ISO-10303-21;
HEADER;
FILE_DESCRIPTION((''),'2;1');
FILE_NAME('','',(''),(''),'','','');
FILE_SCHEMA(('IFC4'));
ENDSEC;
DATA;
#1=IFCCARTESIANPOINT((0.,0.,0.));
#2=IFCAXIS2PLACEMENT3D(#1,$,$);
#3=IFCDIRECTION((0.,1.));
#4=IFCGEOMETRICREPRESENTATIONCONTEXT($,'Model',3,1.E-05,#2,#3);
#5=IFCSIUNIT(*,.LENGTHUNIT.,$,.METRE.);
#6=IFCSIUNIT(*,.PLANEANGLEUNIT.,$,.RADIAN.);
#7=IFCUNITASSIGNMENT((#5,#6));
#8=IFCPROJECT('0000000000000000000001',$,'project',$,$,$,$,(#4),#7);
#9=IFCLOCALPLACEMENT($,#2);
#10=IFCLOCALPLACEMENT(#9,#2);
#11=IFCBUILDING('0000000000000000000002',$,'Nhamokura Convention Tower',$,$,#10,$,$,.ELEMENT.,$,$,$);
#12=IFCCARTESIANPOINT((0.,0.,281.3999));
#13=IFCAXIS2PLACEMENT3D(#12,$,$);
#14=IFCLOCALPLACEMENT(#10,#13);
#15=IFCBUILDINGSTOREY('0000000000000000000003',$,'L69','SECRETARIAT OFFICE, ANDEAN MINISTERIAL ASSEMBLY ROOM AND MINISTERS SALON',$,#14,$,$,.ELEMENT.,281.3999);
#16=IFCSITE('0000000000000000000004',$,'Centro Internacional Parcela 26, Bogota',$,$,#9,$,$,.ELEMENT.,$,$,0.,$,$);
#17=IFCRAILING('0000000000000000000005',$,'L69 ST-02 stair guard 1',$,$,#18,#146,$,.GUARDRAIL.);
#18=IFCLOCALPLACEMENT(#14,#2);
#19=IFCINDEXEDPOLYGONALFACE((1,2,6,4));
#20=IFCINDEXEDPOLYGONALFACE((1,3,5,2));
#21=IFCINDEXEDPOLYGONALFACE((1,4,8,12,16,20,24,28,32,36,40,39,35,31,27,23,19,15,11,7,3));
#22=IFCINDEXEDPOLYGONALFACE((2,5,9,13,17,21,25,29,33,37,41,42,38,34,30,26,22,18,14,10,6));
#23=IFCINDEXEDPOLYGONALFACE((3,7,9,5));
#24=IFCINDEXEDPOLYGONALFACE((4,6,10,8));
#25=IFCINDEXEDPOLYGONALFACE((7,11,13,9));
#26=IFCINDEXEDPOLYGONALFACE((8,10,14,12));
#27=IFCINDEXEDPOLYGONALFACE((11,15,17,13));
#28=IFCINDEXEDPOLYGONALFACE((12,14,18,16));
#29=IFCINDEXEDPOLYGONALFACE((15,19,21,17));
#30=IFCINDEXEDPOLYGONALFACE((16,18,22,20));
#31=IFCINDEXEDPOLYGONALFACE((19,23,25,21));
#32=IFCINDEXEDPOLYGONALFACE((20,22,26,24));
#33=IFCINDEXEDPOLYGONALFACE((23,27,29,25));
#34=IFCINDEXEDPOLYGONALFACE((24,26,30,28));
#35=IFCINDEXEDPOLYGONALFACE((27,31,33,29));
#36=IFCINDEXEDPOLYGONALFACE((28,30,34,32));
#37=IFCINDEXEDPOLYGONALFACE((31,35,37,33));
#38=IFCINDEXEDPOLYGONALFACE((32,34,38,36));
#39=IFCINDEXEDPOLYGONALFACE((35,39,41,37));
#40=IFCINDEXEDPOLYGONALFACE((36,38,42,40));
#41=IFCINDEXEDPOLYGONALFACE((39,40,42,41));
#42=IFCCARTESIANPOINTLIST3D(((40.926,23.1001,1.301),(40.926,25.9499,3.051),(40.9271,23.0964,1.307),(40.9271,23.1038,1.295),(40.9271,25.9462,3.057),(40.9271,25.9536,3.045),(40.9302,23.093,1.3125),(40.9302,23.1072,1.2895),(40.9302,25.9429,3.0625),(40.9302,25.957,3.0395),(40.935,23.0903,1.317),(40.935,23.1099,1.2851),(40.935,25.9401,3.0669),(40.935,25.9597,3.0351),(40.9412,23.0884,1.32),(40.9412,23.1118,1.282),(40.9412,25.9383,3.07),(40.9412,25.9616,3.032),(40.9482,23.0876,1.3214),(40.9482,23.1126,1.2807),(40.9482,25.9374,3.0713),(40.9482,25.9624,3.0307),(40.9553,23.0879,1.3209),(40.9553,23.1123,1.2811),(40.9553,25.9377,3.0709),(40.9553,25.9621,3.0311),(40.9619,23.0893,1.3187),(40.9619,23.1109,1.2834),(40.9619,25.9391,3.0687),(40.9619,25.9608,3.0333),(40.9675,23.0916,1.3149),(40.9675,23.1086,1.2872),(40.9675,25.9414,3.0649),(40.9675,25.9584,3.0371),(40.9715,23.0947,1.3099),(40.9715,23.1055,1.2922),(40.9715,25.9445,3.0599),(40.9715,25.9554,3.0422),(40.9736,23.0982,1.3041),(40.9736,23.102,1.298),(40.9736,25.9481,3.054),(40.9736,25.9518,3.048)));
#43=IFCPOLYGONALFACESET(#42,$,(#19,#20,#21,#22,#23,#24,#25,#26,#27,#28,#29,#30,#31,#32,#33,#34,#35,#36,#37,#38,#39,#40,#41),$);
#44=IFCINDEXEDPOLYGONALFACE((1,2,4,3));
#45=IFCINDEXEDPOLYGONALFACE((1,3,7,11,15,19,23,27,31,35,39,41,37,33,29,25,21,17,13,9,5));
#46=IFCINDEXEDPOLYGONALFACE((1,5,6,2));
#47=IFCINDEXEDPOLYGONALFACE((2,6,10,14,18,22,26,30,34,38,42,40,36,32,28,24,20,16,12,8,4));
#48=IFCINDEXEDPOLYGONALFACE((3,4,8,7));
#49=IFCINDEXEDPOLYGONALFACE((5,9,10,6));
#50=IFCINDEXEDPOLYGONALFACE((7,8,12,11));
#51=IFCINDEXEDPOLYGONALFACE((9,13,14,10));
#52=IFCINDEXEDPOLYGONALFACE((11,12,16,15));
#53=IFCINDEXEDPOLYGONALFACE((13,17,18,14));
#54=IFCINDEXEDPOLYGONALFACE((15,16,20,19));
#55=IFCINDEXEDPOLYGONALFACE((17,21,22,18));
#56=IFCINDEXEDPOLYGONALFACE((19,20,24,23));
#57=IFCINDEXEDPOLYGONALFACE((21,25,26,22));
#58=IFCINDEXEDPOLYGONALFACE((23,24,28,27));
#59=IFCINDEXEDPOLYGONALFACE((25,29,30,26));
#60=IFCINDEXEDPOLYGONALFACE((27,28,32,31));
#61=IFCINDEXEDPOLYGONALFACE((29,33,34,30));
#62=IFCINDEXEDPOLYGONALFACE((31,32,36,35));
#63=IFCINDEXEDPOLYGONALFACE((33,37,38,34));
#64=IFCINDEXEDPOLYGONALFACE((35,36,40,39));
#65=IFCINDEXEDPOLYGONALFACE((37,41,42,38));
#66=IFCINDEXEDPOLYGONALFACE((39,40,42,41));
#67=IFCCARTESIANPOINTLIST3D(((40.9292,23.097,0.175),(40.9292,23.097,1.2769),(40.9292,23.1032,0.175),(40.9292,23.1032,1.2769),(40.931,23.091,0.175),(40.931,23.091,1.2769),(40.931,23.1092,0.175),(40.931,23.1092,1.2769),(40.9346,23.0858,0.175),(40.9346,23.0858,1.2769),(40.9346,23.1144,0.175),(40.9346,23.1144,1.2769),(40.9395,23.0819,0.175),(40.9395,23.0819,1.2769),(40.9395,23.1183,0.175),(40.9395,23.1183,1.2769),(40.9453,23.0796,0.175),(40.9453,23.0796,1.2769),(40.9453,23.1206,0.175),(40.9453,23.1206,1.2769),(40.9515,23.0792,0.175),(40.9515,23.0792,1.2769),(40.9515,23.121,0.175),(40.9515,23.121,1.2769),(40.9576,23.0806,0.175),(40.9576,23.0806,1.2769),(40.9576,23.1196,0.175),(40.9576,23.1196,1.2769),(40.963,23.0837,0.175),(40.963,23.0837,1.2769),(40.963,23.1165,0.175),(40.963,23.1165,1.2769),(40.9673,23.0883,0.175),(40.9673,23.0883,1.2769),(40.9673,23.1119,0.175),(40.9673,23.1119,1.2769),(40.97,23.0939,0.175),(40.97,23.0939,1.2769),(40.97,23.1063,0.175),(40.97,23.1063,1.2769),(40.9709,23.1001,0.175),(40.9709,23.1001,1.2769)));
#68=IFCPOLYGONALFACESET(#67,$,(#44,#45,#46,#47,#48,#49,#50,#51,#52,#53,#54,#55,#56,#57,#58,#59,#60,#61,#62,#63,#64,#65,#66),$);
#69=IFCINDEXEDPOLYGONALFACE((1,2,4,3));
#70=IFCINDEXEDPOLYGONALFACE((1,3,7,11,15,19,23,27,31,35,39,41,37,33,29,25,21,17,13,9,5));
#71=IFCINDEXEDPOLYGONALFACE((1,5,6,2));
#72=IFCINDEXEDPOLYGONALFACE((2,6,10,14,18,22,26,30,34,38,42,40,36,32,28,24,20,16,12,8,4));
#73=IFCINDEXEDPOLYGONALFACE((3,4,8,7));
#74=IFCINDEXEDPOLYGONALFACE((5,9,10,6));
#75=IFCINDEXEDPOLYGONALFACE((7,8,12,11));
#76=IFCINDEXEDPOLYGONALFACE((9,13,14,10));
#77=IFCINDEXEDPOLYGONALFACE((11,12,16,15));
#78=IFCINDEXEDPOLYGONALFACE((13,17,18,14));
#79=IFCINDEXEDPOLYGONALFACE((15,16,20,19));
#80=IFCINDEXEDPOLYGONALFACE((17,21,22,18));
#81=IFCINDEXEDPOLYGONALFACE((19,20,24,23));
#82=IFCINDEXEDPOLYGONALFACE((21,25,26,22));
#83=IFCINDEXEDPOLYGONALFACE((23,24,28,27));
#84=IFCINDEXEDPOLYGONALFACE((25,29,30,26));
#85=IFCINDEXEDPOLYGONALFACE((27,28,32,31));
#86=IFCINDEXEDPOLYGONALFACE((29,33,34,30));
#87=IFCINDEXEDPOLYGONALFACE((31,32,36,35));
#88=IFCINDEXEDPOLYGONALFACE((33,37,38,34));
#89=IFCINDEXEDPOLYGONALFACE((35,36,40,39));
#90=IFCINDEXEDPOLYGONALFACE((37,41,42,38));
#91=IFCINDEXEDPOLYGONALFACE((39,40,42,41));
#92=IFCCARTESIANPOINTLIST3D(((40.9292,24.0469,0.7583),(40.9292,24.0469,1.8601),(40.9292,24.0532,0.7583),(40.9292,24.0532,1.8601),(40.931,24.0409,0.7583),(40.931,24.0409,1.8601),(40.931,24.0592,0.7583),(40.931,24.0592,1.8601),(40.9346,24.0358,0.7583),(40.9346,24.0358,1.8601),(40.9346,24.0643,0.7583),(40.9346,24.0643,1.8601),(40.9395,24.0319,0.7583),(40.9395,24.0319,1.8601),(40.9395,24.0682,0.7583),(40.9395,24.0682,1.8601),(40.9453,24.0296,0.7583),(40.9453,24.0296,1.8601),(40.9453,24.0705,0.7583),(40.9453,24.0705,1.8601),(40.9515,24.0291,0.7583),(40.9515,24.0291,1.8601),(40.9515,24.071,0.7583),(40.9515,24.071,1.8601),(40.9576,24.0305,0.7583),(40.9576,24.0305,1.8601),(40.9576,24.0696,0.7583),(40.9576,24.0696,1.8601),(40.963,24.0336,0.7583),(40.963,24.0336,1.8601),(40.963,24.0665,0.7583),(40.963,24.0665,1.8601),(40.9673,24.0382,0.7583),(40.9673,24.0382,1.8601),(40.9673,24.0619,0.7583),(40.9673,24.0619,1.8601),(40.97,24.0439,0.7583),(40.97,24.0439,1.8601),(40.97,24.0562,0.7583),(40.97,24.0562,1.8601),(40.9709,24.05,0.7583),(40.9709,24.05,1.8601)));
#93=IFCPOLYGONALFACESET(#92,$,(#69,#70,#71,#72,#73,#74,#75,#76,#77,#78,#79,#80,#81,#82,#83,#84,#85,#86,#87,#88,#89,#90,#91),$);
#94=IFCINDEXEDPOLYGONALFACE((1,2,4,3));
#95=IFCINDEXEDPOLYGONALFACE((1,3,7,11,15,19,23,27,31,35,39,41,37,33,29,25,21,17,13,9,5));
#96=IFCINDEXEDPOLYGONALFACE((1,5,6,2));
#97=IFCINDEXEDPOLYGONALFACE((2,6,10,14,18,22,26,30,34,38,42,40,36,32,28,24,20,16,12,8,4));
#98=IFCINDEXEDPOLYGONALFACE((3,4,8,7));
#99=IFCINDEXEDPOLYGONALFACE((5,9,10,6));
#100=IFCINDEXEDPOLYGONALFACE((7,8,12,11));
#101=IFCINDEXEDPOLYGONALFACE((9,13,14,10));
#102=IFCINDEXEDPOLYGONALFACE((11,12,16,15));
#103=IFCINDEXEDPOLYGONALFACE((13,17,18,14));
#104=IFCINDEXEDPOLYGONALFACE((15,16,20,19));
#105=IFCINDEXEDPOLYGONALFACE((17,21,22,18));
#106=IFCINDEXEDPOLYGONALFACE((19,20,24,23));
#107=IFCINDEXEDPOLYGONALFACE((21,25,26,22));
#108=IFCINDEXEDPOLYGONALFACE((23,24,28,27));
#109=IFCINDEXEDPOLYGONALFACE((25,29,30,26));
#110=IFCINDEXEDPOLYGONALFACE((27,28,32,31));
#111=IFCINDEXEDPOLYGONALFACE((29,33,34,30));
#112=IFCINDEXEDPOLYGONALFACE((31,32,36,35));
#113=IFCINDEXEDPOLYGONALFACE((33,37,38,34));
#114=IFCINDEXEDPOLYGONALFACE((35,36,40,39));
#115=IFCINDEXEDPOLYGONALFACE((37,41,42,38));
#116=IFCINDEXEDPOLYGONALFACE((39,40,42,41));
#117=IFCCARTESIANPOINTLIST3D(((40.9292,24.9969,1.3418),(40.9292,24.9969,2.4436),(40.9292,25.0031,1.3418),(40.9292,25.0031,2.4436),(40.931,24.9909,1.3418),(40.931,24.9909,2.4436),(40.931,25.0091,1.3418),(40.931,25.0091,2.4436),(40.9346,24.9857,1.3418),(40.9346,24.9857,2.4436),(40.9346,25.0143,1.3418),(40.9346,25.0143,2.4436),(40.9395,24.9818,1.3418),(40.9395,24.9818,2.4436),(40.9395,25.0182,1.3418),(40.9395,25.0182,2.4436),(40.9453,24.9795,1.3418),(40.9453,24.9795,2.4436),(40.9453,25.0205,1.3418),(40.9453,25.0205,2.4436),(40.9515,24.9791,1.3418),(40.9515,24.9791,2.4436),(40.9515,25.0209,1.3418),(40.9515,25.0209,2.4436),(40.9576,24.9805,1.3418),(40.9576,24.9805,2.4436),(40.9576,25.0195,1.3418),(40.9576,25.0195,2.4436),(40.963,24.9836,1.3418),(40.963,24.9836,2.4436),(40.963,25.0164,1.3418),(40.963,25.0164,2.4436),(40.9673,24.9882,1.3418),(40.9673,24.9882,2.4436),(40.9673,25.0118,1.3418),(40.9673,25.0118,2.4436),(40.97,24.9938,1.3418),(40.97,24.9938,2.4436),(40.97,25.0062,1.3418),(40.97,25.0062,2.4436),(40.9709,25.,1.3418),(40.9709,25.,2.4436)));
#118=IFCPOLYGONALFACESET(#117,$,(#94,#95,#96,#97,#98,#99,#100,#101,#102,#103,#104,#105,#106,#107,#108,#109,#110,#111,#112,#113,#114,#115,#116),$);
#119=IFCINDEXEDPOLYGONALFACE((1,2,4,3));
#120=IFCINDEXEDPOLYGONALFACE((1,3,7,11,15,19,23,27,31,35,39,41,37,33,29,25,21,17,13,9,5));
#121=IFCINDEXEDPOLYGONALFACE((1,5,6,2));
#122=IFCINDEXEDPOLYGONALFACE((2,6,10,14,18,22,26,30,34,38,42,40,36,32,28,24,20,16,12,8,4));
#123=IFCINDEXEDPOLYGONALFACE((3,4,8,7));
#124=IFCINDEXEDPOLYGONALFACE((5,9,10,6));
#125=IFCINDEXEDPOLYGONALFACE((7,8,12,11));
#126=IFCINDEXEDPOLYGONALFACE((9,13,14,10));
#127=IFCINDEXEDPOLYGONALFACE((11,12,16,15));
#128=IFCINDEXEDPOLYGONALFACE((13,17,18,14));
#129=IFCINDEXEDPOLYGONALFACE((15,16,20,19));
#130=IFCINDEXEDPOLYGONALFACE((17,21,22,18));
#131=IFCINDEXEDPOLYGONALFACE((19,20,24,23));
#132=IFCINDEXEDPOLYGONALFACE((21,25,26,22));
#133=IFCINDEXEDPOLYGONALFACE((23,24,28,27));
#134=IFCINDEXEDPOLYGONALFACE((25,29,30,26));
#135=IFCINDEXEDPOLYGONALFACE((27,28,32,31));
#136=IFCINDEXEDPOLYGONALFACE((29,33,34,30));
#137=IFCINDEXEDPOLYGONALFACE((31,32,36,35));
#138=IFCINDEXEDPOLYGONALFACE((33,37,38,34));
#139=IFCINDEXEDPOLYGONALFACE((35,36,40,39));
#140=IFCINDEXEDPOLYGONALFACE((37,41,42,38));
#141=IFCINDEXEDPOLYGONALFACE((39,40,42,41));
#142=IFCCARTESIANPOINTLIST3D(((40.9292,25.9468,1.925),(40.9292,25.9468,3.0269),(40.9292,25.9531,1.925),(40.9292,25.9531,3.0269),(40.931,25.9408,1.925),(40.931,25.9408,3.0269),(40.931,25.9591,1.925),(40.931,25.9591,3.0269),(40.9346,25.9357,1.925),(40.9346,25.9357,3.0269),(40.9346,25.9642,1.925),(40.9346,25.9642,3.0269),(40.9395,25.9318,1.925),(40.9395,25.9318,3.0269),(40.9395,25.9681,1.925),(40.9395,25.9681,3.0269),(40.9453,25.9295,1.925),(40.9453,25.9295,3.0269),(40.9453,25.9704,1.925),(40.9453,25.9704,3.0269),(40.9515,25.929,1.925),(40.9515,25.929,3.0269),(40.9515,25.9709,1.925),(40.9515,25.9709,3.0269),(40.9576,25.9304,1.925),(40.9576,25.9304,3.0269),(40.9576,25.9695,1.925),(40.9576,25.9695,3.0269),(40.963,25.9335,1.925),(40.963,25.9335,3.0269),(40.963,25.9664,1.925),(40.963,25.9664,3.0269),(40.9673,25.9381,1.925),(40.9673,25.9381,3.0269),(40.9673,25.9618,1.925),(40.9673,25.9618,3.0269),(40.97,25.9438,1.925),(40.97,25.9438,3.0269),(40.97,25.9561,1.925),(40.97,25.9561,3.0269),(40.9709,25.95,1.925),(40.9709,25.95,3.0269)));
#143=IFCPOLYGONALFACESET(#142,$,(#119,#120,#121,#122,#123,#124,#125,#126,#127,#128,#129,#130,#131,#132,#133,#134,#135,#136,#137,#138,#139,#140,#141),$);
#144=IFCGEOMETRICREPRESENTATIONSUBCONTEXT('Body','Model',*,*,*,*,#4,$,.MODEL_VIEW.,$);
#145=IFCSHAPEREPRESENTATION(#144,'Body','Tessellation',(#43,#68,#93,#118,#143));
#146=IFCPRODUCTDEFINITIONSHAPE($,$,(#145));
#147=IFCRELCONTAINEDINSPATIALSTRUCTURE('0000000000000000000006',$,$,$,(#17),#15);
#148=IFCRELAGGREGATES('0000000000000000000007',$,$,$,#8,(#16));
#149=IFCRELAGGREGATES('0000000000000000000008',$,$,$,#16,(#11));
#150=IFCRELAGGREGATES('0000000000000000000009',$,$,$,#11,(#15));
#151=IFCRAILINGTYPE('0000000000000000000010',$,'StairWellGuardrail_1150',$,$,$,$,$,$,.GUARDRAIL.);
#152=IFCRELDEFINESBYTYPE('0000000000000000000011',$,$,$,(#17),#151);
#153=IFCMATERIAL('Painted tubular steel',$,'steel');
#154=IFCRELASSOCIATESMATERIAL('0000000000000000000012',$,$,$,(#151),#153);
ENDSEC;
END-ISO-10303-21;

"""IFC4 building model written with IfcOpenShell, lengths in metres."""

from ifc_helpers import new_model, si_unit, direction, frame, origin, origin_2d, place, context, subcontext, project, spatial, circle, extrude, material, type_object, element, save


model = new_model("IFC4")

# Units and contexts
model_context = context("Model", 3, precision=1e-05, world=origin(), true_north=direction((0.0, 1.0)))
body_context = subcontext(model_context, "Body", "Model", "MODEL_VIEW")
ifc_project = project(units=[si_unit("LENGTHUNIT", "METRE"), si_unit("PLANEANGLEUNIT", "RADIAN")], contexts=[model_context])

# Site, building, storey
site_placement = place(None, origin())
site = spatial("IfcSite", under=ifc_project, at=site_placement, Name="Centro Internacional Parcela 26, Bogota", CompositionType="ELEMENT", RefElevation=0.0)
building_placement = place(site_placement, origin())
building = spatial("IfcBuilding", under=site, at=building_placement, Name="Nhamokura Convention Tower", CompositionType="ELEMENT")
storey_placement = place(building_placement, frame((0.0, 0.0, 281.3999)))
storey = spatial("IfcBuildingStorey", under=building, at=storey_placement, Name="L69", Description="SECRETARIAT OFFICE, ANDEAN MINISTERIAL ASSEMBLY ROOM AND MINISTERS SALON", CompositionType="ELEMENT", Elevation=281.3999)

# Railing
ifc_material_1 = material(Name="Painted tubular steel", Category="steel")
railing_type_1 = type_object("IfcRailingType", Name="StairWellGuardrail_1150", PredefinedType="GUARDRAIL", material=ifc_material_1)
railing_1_placement = place(storey_placement, frame((40.95, 23.1001, 0.175)))
element("IfcRailing", 1, at=railing_1_placement, inside=storey, type_object=railing_type_1, Name="L69 ST-02 stair guard 1", PredefinedType="GUARDRAIL", context=body_context, shape_type="SweptSolid", body=[
    extrude(circle(Radius=0.0239, at=origin_2d()), frame((0.0, 0.0, 1.126), z_axis=(0.0, 0.852159, 0.523283), x_axis=(-1.0, 0.0, 0.0)), (0.0, 0.0, 1.0), 3.3442),
    extrude(circle(Radius=0.021, at=origin_2d()), origin(), (0.0, 0.0, 1.0), 1.1018),
    extrude(circle(Radius=0.021, at=origin_2d()), frame((0.0, 0.95, 0.5833)), (0.0, 0.0, 1.0), 1.1018),
    extrude(circle(Radius=0.021, at=origin_2d()), frame((0.0, 1.8999, 1.1667)), (0.0, 0.0, 1.0), 1.1018),
    extrude(circle(Radius=0.021, at=origin_2d()), frame((0.0, 2.8499, 1.75)), (0.0, 0.0, 1.0), 1.1018),
])

save(model, "model.ifc")
